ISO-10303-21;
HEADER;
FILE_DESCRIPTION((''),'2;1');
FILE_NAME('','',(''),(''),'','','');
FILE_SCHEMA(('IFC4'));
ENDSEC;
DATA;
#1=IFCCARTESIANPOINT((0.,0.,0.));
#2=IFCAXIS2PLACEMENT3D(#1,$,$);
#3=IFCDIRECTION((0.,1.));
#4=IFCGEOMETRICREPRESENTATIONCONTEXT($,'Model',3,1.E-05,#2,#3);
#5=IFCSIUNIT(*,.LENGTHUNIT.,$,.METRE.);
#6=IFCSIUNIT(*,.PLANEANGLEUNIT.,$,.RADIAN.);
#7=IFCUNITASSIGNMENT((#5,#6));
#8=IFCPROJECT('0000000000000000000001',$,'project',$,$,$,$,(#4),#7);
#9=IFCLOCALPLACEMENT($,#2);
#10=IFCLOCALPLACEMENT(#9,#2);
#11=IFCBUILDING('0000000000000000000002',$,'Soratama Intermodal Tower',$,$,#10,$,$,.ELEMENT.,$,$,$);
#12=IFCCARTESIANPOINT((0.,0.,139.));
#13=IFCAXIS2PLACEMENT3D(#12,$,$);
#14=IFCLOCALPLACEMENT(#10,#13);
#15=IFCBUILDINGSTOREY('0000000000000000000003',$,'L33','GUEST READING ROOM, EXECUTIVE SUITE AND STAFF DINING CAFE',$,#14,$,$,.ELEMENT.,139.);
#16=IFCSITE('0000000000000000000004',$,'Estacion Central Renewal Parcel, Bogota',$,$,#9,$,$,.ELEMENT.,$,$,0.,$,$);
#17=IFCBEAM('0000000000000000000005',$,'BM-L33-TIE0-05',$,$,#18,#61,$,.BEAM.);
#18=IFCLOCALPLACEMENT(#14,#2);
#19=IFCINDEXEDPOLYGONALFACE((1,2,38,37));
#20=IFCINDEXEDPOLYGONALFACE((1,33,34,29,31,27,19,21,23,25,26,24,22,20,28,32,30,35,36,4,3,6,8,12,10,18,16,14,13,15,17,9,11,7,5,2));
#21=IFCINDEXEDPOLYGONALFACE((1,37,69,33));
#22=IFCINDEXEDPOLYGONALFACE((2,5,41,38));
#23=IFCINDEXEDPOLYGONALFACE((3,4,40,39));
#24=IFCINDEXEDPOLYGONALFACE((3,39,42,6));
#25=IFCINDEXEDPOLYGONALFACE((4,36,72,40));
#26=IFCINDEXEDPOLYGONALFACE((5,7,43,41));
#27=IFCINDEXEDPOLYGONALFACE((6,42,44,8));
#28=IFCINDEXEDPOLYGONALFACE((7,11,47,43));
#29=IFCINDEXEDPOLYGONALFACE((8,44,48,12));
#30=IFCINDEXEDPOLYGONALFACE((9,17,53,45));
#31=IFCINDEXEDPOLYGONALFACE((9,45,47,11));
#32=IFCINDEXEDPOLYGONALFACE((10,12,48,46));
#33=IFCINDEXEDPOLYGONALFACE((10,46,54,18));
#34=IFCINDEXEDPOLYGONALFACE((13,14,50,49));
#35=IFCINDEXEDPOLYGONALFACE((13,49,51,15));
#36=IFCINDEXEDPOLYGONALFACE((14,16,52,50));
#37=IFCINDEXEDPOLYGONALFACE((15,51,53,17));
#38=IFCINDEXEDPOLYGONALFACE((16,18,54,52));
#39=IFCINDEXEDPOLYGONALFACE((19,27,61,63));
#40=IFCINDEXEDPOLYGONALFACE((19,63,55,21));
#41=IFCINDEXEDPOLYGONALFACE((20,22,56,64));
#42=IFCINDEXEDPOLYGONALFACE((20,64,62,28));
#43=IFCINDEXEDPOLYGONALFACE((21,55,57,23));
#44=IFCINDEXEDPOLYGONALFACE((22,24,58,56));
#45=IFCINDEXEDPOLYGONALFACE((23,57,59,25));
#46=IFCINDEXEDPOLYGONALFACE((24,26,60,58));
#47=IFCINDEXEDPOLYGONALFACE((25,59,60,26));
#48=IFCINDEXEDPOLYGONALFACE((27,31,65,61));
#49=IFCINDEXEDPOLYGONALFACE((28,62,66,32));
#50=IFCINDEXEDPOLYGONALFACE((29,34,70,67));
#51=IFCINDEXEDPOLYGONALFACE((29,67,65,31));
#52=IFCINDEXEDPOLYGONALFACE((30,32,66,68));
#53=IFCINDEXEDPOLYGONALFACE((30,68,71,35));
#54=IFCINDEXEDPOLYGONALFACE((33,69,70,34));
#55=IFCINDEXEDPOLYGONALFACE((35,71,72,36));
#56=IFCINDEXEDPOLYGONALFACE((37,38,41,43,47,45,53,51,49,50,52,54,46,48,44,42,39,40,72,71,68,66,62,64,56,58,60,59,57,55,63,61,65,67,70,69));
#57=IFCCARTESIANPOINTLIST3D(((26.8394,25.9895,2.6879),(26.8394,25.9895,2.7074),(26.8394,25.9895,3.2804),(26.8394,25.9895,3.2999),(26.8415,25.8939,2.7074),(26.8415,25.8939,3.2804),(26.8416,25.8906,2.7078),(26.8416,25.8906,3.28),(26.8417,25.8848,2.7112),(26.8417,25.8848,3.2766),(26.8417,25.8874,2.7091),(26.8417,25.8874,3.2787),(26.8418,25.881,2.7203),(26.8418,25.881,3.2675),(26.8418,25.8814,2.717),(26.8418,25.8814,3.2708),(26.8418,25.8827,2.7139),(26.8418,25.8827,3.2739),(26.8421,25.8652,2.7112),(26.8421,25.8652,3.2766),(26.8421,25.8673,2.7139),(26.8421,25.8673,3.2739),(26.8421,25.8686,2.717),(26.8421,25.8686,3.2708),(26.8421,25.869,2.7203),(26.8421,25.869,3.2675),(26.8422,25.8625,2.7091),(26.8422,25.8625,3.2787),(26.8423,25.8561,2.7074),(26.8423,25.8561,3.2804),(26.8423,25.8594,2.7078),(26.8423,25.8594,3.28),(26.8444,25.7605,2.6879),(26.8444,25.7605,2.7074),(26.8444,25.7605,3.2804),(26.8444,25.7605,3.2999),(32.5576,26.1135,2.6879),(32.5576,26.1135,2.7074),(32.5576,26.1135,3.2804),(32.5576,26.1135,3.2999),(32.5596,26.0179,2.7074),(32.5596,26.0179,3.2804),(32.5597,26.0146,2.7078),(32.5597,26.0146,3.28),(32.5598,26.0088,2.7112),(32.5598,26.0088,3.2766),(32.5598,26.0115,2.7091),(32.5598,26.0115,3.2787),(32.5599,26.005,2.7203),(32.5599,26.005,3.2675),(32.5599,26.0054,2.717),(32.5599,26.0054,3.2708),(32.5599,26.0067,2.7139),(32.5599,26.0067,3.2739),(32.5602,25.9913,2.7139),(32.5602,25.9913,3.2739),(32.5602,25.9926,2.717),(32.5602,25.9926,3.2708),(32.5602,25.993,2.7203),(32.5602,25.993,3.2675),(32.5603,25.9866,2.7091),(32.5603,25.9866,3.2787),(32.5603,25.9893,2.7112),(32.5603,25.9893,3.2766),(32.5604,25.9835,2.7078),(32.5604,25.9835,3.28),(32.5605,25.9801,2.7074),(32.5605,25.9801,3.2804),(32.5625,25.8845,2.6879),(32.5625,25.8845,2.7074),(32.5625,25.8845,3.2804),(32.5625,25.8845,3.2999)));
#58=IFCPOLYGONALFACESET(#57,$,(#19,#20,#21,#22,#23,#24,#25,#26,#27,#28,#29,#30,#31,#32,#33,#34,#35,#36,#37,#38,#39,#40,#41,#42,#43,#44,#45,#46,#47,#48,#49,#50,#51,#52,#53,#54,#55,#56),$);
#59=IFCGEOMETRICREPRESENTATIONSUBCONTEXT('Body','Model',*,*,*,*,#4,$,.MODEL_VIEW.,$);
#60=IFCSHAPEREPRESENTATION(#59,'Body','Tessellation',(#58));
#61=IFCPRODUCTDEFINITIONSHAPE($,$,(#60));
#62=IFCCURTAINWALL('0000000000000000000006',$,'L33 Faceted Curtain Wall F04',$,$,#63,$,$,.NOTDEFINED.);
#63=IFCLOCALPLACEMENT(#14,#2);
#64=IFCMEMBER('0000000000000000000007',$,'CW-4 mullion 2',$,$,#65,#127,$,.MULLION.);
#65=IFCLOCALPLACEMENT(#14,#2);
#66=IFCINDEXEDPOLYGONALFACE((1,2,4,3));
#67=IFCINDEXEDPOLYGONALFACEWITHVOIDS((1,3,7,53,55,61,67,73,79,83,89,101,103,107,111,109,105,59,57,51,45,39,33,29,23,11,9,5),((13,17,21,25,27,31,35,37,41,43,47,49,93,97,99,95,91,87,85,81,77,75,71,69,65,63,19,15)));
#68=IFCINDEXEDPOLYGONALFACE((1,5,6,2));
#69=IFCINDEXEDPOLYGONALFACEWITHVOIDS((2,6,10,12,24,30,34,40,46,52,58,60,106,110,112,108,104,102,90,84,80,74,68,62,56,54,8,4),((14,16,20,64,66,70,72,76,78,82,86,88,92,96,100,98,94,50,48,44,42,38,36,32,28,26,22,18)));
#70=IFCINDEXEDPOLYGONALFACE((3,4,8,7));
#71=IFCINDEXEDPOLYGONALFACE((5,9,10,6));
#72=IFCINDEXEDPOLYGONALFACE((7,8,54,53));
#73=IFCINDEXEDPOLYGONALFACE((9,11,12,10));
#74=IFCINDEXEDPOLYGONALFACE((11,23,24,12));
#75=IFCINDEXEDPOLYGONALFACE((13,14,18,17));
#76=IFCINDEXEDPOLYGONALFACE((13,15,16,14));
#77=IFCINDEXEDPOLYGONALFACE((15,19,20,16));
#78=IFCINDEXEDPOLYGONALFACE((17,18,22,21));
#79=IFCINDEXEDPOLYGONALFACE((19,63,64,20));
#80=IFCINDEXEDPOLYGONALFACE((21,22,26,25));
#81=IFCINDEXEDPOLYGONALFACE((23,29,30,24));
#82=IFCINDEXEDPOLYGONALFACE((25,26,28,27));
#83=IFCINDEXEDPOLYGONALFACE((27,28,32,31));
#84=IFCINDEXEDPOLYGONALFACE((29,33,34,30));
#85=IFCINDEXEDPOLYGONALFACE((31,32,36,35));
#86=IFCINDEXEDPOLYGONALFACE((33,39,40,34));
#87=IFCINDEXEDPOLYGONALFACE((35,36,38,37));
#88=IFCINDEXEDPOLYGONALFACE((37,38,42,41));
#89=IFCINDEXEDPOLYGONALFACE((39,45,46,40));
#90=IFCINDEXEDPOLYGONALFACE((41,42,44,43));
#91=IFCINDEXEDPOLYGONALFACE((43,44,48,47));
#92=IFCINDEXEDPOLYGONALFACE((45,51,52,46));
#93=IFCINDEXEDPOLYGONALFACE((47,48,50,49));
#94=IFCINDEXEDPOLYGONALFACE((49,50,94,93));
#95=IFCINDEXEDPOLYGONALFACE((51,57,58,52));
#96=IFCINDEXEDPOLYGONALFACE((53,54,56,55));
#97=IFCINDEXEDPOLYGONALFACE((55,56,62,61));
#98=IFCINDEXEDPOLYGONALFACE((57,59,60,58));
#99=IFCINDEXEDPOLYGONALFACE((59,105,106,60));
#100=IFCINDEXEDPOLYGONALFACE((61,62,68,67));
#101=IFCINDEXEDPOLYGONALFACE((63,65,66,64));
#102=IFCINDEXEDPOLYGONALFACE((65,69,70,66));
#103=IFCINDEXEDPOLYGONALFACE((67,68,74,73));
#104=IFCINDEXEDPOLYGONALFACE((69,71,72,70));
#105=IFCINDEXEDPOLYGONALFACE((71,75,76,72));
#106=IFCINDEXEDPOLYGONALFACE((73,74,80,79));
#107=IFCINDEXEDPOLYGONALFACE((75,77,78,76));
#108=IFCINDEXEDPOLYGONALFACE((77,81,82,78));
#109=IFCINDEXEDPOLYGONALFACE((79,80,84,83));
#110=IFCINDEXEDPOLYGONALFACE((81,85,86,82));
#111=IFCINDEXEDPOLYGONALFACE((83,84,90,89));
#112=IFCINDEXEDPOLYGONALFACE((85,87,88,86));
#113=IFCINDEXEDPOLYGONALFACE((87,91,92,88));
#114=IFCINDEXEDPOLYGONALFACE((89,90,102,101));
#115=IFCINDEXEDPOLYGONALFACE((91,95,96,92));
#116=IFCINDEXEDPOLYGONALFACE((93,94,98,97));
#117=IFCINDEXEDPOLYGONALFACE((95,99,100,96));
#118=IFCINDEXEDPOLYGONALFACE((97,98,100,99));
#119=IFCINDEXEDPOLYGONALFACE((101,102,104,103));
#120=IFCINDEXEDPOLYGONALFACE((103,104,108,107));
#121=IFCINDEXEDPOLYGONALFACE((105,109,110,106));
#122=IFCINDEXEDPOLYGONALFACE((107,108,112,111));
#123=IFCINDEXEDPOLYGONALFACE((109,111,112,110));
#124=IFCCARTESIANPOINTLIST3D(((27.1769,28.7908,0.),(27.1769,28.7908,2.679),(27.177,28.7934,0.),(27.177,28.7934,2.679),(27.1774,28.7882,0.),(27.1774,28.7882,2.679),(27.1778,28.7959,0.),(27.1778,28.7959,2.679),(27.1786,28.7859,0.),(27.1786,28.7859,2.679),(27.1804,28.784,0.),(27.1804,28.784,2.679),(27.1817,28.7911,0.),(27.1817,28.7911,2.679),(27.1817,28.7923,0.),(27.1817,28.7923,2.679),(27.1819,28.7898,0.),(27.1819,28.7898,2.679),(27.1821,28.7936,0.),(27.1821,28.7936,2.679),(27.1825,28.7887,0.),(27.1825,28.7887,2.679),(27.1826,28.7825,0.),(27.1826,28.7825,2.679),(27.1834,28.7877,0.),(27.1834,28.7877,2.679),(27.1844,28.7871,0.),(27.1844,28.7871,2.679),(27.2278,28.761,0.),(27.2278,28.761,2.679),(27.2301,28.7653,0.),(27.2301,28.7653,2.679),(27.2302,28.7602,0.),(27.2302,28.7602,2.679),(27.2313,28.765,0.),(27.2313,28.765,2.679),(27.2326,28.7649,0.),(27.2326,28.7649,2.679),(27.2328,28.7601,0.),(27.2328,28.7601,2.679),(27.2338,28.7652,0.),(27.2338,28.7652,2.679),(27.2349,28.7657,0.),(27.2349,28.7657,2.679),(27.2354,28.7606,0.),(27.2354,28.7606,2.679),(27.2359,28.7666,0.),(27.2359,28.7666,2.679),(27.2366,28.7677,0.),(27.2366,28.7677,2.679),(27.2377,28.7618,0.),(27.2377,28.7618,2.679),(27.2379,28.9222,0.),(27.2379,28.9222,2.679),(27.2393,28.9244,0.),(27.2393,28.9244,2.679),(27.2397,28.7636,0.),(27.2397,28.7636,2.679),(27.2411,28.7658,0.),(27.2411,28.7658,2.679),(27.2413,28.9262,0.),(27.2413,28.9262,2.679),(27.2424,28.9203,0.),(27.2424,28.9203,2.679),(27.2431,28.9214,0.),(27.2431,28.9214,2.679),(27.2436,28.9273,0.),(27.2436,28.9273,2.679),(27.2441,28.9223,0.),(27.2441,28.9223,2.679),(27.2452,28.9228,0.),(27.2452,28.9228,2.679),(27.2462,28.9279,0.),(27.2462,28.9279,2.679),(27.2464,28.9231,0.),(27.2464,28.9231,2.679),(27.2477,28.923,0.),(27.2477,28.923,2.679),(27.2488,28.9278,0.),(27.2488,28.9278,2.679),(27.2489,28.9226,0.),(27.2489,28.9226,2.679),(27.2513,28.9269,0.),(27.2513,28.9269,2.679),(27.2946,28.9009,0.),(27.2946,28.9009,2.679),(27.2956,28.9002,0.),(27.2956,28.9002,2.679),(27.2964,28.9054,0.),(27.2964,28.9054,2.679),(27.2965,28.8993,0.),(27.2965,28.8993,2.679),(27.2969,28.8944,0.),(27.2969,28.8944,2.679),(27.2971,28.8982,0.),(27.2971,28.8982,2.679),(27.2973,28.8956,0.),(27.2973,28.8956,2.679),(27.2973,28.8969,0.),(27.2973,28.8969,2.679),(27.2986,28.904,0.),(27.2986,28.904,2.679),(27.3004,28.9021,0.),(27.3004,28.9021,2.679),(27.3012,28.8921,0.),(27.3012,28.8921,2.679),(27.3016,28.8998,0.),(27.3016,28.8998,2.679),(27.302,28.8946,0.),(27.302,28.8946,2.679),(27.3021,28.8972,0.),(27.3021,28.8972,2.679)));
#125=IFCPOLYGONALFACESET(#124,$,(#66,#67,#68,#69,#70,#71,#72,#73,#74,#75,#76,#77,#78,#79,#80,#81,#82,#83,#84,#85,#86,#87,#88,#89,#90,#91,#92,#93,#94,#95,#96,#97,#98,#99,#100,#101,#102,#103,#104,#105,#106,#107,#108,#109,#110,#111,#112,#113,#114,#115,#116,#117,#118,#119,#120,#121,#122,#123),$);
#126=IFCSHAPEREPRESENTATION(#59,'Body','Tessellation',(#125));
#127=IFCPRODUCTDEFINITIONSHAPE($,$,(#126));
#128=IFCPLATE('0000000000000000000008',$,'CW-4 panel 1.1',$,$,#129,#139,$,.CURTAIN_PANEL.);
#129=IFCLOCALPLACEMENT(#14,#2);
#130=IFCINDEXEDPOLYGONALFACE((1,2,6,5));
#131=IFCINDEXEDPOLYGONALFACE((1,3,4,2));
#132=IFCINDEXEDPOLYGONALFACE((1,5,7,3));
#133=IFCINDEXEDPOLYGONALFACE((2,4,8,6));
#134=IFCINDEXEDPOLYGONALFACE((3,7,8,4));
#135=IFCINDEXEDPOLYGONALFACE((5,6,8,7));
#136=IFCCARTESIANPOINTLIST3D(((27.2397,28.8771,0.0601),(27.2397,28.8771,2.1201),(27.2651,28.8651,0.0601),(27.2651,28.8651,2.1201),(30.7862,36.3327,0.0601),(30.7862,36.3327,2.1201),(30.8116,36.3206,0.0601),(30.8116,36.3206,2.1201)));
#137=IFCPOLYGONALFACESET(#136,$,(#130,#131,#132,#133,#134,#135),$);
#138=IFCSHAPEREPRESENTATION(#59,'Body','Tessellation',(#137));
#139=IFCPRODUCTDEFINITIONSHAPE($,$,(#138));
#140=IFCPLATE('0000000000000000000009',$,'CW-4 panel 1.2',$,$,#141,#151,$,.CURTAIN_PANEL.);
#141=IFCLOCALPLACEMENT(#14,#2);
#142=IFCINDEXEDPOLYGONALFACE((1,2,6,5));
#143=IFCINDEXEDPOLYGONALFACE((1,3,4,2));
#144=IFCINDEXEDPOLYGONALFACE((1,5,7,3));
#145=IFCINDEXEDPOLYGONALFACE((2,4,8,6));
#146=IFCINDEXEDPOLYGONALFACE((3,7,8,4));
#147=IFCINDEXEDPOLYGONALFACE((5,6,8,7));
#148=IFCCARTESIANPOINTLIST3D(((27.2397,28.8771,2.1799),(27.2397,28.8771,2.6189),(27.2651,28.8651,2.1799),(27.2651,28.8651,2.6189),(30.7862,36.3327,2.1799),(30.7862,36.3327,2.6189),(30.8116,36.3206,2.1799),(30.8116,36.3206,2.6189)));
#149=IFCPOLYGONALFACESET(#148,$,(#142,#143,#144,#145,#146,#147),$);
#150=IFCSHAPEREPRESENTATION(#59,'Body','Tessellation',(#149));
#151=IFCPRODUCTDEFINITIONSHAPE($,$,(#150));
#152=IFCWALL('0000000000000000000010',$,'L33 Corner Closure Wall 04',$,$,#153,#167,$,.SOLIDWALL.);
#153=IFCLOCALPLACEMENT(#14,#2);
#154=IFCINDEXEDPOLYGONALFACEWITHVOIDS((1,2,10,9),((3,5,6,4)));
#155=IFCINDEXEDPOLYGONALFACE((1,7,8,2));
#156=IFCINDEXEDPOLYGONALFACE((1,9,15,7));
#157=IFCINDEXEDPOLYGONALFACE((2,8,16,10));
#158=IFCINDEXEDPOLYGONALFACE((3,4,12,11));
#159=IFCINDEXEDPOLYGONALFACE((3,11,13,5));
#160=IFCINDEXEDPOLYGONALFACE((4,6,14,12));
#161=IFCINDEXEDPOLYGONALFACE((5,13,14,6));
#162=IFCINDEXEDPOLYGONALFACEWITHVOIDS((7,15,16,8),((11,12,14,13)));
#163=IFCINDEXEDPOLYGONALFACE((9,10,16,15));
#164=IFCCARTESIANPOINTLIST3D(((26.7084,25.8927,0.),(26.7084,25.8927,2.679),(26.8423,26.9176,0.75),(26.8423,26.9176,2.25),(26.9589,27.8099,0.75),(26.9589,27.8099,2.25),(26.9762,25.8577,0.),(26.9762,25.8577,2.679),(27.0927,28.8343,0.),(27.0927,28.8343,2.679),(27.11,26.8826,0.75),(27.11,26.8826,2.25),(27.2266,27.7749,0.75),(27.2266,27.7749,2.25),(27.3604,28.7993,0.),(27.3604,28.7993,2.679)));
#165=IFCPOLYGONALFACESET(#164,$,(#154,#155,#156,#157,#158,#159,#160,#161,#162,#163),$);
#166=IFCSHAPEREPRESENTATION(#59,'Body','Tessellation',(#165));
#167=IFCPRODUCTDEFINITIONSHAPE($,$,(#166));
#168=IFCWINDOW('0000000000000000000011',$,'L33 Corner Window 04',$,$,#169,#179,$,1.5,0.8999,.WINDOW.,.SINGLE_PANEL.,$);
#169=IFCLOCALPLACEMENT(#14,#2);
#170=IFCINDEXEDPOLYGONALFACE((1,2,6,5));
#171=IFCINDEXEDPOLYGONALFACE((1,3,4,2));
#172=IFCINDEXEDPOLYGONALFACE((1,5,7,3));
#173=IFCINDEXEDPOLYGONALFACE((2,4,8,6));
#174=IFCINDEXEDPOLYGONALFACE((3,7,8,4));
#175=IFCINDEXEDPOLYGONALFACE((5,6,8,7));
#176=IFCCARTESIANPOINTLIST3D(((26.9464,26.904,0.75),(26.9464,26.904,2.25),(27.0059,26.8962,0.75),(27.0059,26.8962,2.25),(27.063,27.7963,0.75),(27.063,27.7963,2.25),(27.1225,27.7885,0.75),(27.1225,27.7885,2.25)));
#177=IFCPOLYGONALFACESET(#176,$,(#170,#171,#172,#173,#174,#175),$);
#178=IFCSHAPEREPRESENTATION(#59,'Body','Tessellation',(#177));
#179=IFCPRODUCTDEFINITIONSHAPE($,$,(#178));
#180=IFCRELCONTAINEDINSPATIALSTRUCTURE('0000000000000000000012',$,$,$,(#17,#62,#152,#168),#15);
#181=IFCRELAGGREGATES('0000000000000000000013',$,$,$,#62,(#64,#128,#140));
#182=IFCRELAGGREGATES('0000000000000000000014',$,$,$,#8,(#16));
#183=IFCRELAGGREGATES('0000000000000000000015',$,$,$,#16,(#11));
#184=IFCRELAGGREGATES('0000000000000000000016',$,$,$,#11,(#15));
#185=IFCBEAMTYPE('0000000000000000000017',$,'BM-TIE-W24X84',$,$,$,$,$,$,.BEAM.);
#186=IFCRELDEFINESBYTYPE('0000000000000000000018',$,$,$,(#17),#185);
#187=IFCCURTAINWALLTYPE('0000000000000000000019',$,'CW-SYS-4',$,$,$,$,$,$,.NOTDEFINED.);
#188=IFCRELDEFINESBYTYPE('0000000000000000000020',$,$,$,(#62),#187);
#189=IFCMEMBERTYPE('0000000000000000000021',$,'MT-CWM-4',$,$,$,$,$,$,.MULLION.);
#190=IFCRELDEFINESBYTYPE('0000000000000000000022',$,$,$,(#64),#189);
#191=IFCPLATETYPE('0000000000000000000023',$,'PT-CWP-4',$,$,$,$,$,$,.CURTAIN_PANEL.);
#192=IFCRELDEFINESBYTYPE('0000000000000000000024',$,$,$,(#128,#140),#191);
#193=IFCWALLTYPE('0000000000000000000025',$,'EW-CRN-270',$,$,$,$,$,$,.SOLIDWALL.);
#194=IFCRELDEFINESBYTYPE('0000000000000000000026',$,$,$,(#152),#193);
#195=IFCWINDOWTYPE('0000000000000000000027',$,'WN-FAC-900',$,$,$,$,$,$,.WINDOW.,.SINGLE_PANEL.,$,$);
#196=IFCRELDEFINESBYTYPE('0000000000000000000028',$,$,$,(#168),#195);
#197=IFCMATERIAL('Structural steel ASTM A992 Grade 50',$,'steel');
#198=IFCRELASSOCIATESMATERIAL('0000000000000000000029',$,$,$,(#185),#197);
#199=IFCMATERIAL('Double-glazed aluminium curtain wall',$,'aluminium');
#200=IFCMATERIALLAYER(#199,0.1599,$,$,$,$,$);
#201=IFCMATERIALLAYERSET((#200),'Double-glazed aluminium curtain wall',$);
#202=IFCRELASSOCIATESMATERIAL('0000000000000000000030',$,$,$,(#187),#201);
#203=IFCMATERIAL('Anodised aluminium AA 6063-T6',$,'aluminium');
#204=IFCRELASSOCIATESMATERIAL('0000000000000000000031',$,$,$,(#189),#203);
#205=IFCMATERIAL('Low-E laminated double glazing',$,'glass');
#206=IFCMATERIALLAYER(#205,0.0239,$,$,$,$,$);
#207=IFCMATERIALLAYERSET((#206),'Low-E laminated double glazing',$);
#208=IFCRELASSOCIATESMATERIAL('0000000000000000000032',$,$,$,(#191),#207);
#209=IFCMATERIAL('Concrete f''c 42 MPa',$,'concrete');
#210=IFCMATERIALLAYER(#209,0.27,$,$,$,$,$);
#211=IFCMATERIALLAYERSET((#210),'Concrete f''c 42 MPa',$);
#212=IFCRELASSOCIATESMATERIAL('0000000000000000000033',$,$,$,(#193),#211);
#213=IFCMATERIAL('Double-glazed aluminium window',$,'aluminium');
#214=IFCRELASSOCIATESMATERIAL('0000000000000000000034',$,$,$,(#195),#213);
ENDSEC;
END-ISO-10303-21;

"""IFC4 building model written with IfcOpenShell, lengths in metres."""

from ifc_helpers import new_model, si_unit, direction, frame, frame_2d, origin, origin_2d, place, context, subcontext, project, spatial, rectangle, hollow_rectangle, i_section, extrude, material, layer, layer_set, material_profile, profile_set, type_object, element, fill, aggregate, save


model = new_model("IFC4")

# Units and contexts
model_context = context("Model", 3, precision=1e-05, world=origin(), true_north=direction((0.0, 1.0)))
body_context = subcontext(model_context, "Body", "Model", "MODEL_VIEW")
ifc_project = project(units=[si_unit("LENGTHUNIT", "METRE"), si_unit("PLANEANGLEUNIT", "RADIAN")], contexts=[model_context])

# Site, building, storey
site_placement = place(None, origin())
site = spatial("IfcSite", under=ifc_project, at=site_placement, Name="Estacion Central Renewal Parcel, Bogota", CompositionType="ELEMENT", RefElevation=0.0)
building_placement = place(site_placement, origin())
building = spatial("IfcBuilding", under=site, at=building_placement, Name="Soratama Intermodal Tower", CompositionType="ELEMENT")
storey_placement = place(building_placement, frame((0.0, 0.0, 139.0)))
storey = spatial("IfcBuildingStorey", under=building, at=storey_placement, Name="L33", Description="GUEST READING ROOM, EXECUTIVE SUITE AND STAFF DINING CAFE", CompositionType="ELEMENT", Elevation=139.0)

# Beam
ifc_material_1 = material(Name="Structural steel ASTM A992 Grade 50", Category="steel")
ifc_material_profile_1 = material_profile(ifc_material_1, i_section(OverallWidth=0.229, OverallDepth=0.6121, WebThickness=0.012, FlangeThickness=0.0195, FilletRadius=0.0129, at=origin_2d()), Name="W24X84")
ifc_profile_set_1 = profile_set([ifc_material_profile_1], Name="Structural steel ASTM A992 Grade 50")
beam_type_1 = type_object("IfcBeamType", Name="BM-TIE-W24X84", PredefinedType="BEAM", material=ifc_profile_set_1)
beam_1_placement = place(storey_placement, frame((32.5601, 25.999, 2.9939), z_axis=(-0.999765, -0.021685, 0.0), x_axis=(0.021685, -0.999765, 0.0)))
element("IfcBeam", 1, at=beam_1_placement, inside=storey, type_object=beam_type_1, Name="BM-L33-TIE0-05", PredefinedType="BEAM", context=body_context, shape_type="SweptSolid", body=[
    extrude(i_section(OverallWidth=0.229, OverallDepth=0.6121, WebThickness=0.012, FlangeThickness=0.0195, FilletRadius=0.0129, at=origin_2d()), origin(), (0.0, 0.0, 1.0), 5.7195),
])

# Curtain wall, member, plates
ifc_material_2 = material(Name="Double-glazed aluminium curtain wall", Category="aluminium")
ifc_layer_1 = layer(ifc_material_2, 0.1599)
ifc_layer_set_1 = layer_set([ifc_layer_1], Name="Double-glazed aluminium curtain wall")
curtain_wall_type = type_object("IfcCurtainWallType", Name="CW-SYS-4", PredefinedType="NOTDEFINED", material=ifc_layer_set_1)
curtain_wall_placement = place(storey_placement, origin())
curtain_wall = element("IfcCurtainWall", 2, at=curtain_wall_placement, inside=storey, type_object=curtain_wall_type, Name="L33 Faceted Curtain Wall F04", PredefinedType="NOTDEFINED")
ifc_material_3 = material(Name="Anodised aluminium AA 6063-T6", Category="aluminium")
ifc_material_profile_2 = material_profile(ifc_material_3, hollow_rectangle(XDim=0.0701, YDim=0.1599, WallThickness=0.0049, InnerFilletRadius=0.0049, OuterFilletRadius=0.01, at=origin_2d()), Name="CWM160X70X5")
ifc_profile_set_2 = profile_set([ifc_material_profile_2], Name="Anodised aluminium AA 6063-T6")
member_type = type_object("IfcMemberType", Name="MT-CWM-4", PredefinedType="MULLION", material=ifc_profile_set_2)
member_placement = place(storey_placement, frame((27.2395, 28.844, 0.0), z_axis=(0.0, 0.0, 1.0), x_axis=(0.903037, -0.429563, 0.0)))
member = element("IfcMember", 3, at=member_placement, type_object=member_type, Name="CW-4 mullion 2", PredefinedType="MULLION", context=body_context, shape_type="SweptSolid", body=[
    extrude(hollow_rectangle(XDim=0.0701, YDim=0.1599, WallThickness=0.0049, InnerFilletRadius=0.0049, OuterFilletRadius=0.01, at=origin_2d()), origin(), (0.0, 0.0, 1.0), 2.679),
])
ifc_material_4 = material(Name="Low-E laminated double glazing", Category="glass")
ifc_layer_2 = layer(ifc_material_4, 0.0239)
ifc_layer_set_2 = layer_set([ifc_layer_2], Name="Low-E laminated double glazing")
plate_type = type_object("IfcPlateType", Name="PT-CWP-4", PredefinedType="CURTAIN_PANEL", material=ifc_layer_set_2)
plate_1_placement = place(storey_placement, frame((29.0256, 32.5989, 0.0601), z_axis=(0.0, 0.0, 1.0), x_axis=(-0.429563, -0.903037, 0.0)))
plate_1 = element("IfcPlate", 4, at=plate_1_placement, type_object=plate_type, Name="CW-4 panel 1.1", PredefinedType="CURTAIN_PANEL", context=body_context, shape_type="SweptSolid", body=[
    extrude(rectangle(XDim=8.2561, YDim=0.0281, at=origin_2d()), origin(), (0.0, 0.0, 1.0), 2.0601),
])
plate_2_placement = place(storey_placement, frame((29.0256, 32.5989, 2.1799), z_axis=(0.0, 0.0, 1.0), x_axis=(-0.429563, -0.903037, 0.0)))
plate_2 = element("IfcPlate", 5, at=plate_2_placement, type_object=plate_type, Name="CW-4 panel 1.2", PredefinedType="CURTAIN_PANEL", context=body_context, shape_type="SweptSolid", body=[
    extrude(rectangle(XDim=8.2561, YDim=0.0281, at=origin_2d()), origin(), (0.0, 0.0, 1.0), 0.439),
])
aggregate(curtain_wall, [member, plate_1, plate_2])

# Wall, opening, window
ifc_material_5 = material(Name="Concrete f'c 42 MPa", Category="concrete")
ifc_layer_3 = layer(ifc_material_5, 0.27)
ifc_layer_set_3 = layer_set([ifc_layer_3], Name="Concrete f'c 42 MPa")
wall_type_1 = type_object("IfcWallType", Name="EW-CRN-270", PredefinedType="SOLIDWALL", material=ifc_layer_set_3)
wall_1_placement = place(storey_placement, frame((27.2266, 28.8169, 0.0), z_axis=(0.0, 0.0, 1.0), x_axis=(-0.129533, -0.991575, 0.0)))
wall_1 = element("IfcWall", 6, at=wall_1_placement, inside=storey, type_object=wall_type_1, Name="L33 Corner Closure Wall 04", PredefinedType="SOLIDWALL", context=body_context, shape_type="SweptSolid", body=[
    extrude(rectangle(XDim=2.9666, YDim=0.27, at=frame_2d((1.4834, 0.0))), origin(), (0.0, 0.0, 1.0), 2.679),
])
opening_1_placement = place(wall_1_placement, frame((1.0332, 0.0, 0.75)))
opening_1 = element("IfcOpeningElement", 7, at=opening_1_placement, cuts=wall_1, PredefinedType="OPENING", context=body_context, shape_type="SweptSolid", body=[
    extrude(rectangle(XDim=0.8999, YDim=1.5, at=frame_2d((0.45, 0.75))), frame((0.0, 0.145, 0.0), z_axis=(0.0, -1.0, 0.0), x_axis=(1.0, 0.0, 0.0)), (0.0, 0.0, 1.0), 0.29),
])
ifc_material_6 = material(Name="Double-glazed aluminium window", Category="aluminium")
window_type_1 = type_object("IfcWindowType", Name="WN-FAC-900", PartitioningType="SINGLE_PANEL", PredefinedType="WINDOW", material=ifc_material_6)
window_1_placement = place(opening_1_placement, origin())
window_1 = element("IfcWindow", 8, at=window_1_placement, inside=storey, type_object=window_type_1, Name="L33 Corner Window 04", OverallHeight=1.5, OverallWidth=0.8999, PartitioningType="SINGLE_PANEL", PredefinedType="WINDOW", context=body_context, shape_type="SweptSolid", body=[
    extrude(rectangle(XDim=0.8999, YDim=1.5, at=frame_2d((0.45, 0.75))), frame((0.0, 0.03, 0.0), z_axis=(0.0, -1.0, 0.0), x_axis=(1.0, 0.0, 0.0)), (0.0, 0.0, 1.0), 0.0601),
])
fill(opening_1, window_1)

save(model, "model.ifc")
